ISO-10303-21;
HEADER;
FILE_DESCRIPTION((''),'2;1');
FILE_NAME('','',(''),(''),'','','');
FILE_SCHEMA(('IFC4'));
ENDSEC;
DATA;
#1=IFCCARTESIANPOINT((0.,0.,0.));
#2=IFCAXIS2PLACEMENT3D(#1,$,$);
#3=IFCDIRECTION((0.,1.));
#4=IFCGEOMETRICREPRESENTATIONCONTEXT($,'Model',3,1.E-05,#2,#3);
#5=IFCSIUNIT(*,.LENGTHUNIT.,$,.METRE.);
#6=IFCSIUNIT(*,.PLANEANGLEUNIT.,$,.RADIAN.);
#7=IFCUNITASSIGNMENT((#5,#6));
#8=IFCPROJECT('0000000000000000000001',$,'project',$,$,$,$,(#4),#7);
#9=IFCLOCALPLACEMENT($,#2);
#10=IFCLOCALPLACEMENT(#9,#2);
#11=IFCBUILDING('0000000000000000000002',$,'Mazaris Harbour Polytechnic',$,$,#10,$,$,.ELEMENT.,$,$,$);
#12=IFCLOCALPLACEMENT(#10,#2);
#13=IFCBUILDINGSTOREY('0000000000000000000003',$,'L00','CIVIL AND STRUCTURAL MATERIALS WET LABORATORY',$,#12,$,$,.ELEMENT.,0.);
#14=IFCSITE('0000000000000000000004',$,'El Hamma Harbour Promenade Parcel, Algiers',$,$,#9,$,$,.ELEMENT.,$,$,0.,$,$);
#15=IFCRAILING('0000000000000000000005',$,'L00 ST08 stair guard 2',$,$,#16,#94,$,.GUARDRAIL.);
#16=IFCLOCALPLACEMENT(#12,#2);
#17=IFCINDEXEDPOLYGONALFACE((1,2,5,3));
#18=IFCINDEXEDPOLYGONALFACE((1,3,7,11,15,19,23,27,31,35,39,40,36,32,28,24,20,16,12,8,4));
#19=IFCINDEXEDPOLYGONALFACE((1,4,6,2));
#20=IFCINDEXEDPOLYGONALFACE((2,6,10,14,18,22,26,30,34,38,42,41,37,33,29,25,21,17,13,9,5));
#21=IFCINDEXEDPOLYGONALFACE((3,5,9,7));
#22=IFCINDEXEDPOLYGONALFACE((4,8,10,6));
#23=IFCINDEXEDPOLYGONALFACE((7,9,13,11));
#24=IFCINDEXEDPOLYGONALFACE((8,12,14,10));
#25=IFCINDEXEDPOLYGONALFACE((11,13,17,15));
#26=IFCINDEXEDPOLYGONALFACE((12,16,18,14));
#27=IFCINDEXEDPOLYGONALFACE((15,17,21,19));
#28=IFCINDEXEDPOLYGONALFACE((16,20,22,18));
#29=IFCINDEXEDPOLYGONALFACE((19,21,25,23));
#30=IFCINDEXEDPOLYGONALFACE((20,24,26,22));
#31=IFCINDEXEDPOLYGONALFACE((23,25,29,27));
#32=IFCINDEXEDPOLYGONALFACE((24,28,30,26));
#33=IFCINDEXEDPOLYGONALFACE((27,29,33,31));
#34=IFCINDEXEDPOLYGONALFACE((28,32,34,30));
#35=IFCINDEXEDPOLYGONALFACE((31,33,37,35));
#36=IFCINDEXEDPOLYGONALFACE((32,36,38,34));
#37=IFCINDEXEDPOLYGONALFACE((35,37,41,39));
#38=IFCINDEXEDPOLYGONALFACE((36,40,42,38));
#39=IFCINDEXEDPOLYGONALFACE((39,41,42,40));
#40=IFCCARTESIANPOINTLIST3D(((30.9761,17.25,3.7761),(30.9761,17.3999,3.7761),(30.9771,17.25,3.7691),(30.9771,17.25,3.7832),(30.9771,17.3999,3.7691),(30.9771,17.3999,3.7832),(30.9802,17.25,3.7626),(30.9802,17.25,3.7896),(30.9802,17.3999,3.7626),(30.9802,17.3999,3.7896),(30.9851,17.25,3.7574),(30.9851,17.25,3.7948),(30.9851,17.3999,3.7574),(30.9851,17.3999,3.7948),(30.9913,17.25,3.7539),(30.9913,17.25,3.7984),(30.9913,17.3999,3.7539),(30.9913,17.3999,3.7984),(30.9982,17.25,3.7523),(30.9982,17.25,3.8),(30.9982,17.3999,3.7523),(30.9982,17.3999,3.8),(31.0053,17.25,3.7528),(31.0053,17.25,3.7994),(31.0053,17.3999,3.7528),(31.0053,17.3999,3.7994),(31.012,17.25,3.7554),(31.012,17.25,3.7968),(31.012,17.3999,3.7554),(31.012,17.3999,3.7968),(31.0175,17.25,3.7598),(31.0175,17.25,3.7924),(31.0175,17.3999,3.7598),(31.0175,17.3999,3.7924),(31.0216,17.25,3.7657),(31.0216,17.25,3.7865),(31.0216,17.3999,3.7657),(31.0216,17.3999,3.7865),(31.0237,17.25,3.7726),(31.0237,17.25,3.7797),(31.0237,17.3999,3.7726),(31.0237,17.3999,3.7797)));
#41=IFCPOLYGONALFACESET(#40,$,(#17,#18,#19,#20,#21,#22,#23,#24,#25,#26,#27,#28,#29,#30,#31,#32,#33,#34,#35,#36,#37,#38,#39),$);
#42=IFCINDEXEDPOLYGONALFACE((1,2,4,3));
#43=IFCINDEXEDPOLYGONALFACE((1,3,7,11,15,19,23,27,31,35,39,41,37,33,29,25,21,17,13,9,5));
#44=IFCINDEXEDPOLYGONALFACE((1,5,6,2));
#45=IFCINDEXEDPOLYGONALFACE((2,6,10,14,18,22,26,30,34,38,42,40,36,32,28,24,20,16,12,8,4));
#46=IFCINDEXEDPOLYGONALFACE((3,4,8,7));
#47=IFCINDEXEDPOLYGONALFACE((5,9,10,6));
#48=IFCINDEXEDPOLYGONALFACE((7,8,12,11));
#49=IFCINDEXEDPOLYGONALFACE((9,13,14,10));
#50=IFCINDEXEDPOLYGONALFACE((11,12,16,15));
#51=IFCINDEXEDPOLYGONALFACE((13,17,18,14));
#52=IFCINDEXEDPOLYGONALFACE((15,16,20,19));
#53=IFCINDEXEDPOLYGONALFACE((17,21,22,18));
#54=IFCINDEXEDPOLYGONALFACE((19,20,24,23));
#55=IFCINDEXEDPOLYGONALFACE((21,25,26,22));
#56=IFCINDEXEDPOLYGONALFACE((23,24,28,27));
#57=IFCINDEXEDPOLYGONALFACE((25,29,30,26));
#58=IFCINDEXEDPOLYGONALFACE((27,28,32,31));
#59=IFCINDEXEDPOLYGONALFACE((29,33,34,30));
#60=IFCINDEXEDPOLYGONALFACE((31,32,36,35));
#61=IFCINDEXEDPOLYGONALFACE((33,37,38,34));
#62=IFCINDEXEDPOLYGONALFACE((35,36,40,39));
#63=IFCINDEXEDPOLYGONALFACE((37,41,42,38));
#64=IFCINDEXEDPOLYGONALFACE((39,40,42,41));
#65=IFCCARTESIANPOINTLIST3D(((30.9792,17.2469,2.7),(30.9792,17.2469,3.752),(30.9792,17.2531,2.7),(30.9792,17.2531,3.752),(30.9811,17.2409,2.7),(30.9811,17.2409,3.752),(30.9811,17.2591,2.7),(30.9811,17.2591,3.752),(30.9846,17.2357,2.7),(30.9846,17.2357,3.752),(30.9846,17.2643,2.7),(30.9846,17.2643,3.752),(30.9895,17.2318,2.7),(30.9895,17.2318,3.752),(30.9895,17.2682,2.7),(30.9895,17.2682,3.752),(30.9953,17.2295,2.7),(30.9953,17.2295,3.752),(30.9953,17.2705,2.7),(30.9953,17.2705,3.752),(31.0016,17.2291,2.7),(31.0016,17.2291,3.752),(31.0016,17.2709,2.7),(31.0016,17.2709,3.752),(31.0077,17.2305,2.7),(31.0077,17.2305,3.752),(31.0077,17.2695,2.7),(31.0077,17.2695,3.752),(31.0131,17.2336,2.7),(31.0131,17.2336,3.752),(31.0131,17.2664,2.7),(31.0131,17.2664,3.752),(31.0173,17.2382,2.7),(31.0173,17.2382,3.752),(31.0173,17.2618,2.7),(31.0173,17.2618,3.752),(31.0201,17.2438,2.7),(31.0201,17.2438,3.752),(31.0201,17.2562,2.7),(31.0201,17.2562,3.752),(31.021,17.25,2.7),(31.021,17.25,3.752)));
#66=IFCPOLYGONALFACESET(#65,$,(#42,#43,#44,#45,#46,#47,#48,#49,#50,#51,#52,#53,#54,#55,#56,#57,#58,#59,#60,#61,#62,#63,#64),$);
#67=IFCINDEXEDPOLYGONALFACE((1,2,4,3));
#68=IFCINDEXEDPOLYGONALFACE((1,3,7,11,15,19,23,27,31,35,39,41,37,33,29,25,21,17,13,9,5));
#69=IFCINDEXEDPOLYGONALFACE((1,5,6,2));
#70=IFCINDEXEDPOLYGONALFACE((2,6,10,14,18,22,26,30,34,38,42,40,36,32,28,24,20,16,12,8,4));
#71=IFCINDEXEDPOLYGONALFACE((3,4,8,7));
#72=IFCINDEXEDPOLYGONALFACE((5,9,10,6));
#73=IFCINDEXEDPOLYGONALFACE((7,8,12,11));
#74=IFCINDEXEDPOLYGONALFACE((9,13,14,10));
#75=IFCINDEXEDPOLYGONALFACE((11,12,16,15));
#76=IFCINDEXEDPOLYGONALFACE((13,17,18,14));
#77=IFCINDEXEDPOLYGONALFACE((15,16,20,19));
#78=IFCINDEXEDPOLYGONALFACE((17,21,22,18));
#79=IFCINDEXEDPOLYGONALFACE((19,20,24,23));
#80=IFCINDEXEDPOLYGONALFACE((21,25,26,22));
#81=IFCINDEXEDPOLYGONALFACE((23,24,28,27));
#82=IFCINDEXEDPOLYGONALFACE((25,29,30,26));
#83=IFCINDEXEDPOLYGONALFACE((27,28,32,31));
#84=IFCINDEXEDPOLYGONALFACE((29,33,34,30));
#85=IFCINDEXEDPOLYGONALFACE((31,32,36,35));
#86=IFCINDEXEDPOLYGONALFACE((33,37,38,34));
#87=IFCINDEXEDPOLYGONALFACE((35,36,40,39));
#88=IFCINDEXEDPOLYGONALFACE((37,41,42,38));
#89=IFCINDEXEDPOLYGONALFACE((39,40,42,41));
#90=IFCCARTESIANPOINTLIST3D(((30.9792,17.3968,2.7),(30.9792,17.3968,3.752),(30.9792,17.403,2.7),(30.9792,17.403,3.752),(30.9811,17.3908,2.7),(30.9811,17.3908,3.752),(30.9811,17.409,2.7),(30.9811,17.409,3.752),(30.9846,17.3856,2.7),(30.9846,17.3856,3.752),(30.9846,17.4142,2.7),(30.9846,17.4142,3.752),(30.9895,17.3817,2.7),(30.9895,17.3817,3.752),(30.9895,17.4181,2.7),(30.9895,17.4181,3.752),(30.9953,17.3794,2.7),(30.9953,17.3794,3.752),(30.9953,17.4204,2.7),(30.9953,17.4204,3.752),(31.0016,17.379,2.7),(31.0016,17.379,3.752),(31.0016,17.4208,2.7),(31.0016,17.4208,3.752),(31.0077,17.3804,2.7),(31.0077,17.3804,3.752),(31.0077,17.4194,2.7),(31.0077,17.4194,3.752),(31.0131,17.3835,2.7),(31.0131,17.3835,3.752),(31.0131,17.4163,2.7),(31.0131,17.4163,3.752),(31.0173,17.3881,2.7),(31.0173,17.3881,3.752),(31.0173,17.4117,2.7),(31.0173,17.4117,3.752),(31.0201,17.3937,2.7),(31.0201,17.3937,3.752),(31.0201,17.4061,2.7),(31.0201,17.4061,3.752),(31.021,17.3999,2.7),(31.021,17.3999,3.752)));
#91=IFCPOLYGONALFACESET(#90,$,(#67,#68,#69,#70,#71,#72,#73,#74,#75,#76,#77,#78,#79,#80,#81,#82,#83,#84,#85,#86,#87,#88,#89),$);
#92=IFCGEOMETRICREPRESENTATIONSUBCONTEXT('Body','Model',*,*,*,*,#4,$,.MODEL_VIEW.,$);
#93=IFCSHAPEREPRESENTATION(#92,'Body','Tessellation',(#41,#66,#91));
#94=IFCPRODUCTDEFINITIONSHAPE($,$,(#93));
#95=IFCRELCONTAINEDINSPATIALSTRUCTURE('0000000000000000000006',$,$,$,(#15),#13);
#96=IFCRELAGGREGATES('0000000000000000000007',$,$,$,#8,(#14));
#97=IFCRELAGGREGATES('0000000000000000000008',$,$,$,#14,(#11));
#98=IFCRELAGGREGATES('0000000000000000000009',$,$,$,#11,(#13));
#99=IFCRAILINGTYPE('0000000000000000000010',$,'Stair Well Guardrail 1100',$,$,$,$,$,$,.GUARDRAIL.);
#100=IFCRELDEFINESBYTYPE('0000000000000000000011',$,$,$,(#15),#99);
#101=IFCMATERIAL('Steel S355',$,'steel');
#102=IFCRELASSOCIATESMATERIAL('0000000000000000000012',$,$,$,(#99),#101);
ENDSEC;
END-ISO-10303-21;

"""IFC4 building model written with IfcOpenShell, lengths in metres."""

from ifc_helpers import new_model, si_unit, direction, frame, origin, origin_2d, place, context, subcontext, project, spatial, circle, extrude, material, type_object, element, save


model = new_model("IFC4")

# Units and contexts
model_context = context("Model", 3, precision=1e-05, world=origin(), true_north=direction((0.0, 1.0)))
body_context = subcontext(model_context, "Body", "Model", "MODEL_VIEW")
ifc_project = project(units=[si_unit("LENGTHUNIT", "METRE"), si_unit("PLANEANGLEUNIT", "RADIAN")], contexts=[model_context])

# Site, building, storey
site_placement = place(None, origin())
site = spatial("IfcSite", under=ifc_project, at=site_placement, Name="El Hamma Harbour Promenade Parcel, Algiers", CompositionType="ELEMENT", RefElevation=0.0)
building_placement = place(site_placement, origin())
building = spatial("IfcBuilding", under=site, at=building_placement, Name="Mazaris Harbour Polytechnic", CompositionType="ELEMENT")
storey_placement = place(building_placement, origin())
storey = spatial("IfcBuildingStorey", under=building, at=storey_placement, Name="L00", Description="CIVIL AND STRUCTURAL MATERIALS WET LABORATORY", CompositionType="ELEMENT", Elevation=0.0)

# Railing
ifc_material_1 = material(Name="Steel S355", Category="steel")
railing_type_1 = type_object("IfcRailingType", Name="Stair Well Guardrail 1100", PredefinedType="GUARDRAIL", material=ifc_material_1)
railing_1_placement = place(storey_placement, frame((31.0, 17.25, 2.7)))
element("IfcRailing", 1, at=railing_1_placement, inside=storey, type_object=railing_type_1, Name="L00 ST08 stair guard 2", PredefinedType="GUARDRAIL", context=body_context, shape_type="SweptSolid", body=[
    extrude(circle(Radius=0.0239, at=origin_2d()), frame((0.0, 0.0, 1.0762), z_axis=(0.0, 1.0, 0.0), x_axis=(-1.0, 0.0, 0.0)), (0.0, 0.0, 1.0), 0.1499),
    extrude(circle(Radius=0.021, at=origin_2d()), origin(), (0.0, 0.0, 1.0), 1.052),
    extrude(circle(Radius=0.021, at=origin_2d()), frame((0.0, 0.1499, 0.0)), (0.0, 0.0, 1.0), 1.052),
])

save(model, "model.ifc")
